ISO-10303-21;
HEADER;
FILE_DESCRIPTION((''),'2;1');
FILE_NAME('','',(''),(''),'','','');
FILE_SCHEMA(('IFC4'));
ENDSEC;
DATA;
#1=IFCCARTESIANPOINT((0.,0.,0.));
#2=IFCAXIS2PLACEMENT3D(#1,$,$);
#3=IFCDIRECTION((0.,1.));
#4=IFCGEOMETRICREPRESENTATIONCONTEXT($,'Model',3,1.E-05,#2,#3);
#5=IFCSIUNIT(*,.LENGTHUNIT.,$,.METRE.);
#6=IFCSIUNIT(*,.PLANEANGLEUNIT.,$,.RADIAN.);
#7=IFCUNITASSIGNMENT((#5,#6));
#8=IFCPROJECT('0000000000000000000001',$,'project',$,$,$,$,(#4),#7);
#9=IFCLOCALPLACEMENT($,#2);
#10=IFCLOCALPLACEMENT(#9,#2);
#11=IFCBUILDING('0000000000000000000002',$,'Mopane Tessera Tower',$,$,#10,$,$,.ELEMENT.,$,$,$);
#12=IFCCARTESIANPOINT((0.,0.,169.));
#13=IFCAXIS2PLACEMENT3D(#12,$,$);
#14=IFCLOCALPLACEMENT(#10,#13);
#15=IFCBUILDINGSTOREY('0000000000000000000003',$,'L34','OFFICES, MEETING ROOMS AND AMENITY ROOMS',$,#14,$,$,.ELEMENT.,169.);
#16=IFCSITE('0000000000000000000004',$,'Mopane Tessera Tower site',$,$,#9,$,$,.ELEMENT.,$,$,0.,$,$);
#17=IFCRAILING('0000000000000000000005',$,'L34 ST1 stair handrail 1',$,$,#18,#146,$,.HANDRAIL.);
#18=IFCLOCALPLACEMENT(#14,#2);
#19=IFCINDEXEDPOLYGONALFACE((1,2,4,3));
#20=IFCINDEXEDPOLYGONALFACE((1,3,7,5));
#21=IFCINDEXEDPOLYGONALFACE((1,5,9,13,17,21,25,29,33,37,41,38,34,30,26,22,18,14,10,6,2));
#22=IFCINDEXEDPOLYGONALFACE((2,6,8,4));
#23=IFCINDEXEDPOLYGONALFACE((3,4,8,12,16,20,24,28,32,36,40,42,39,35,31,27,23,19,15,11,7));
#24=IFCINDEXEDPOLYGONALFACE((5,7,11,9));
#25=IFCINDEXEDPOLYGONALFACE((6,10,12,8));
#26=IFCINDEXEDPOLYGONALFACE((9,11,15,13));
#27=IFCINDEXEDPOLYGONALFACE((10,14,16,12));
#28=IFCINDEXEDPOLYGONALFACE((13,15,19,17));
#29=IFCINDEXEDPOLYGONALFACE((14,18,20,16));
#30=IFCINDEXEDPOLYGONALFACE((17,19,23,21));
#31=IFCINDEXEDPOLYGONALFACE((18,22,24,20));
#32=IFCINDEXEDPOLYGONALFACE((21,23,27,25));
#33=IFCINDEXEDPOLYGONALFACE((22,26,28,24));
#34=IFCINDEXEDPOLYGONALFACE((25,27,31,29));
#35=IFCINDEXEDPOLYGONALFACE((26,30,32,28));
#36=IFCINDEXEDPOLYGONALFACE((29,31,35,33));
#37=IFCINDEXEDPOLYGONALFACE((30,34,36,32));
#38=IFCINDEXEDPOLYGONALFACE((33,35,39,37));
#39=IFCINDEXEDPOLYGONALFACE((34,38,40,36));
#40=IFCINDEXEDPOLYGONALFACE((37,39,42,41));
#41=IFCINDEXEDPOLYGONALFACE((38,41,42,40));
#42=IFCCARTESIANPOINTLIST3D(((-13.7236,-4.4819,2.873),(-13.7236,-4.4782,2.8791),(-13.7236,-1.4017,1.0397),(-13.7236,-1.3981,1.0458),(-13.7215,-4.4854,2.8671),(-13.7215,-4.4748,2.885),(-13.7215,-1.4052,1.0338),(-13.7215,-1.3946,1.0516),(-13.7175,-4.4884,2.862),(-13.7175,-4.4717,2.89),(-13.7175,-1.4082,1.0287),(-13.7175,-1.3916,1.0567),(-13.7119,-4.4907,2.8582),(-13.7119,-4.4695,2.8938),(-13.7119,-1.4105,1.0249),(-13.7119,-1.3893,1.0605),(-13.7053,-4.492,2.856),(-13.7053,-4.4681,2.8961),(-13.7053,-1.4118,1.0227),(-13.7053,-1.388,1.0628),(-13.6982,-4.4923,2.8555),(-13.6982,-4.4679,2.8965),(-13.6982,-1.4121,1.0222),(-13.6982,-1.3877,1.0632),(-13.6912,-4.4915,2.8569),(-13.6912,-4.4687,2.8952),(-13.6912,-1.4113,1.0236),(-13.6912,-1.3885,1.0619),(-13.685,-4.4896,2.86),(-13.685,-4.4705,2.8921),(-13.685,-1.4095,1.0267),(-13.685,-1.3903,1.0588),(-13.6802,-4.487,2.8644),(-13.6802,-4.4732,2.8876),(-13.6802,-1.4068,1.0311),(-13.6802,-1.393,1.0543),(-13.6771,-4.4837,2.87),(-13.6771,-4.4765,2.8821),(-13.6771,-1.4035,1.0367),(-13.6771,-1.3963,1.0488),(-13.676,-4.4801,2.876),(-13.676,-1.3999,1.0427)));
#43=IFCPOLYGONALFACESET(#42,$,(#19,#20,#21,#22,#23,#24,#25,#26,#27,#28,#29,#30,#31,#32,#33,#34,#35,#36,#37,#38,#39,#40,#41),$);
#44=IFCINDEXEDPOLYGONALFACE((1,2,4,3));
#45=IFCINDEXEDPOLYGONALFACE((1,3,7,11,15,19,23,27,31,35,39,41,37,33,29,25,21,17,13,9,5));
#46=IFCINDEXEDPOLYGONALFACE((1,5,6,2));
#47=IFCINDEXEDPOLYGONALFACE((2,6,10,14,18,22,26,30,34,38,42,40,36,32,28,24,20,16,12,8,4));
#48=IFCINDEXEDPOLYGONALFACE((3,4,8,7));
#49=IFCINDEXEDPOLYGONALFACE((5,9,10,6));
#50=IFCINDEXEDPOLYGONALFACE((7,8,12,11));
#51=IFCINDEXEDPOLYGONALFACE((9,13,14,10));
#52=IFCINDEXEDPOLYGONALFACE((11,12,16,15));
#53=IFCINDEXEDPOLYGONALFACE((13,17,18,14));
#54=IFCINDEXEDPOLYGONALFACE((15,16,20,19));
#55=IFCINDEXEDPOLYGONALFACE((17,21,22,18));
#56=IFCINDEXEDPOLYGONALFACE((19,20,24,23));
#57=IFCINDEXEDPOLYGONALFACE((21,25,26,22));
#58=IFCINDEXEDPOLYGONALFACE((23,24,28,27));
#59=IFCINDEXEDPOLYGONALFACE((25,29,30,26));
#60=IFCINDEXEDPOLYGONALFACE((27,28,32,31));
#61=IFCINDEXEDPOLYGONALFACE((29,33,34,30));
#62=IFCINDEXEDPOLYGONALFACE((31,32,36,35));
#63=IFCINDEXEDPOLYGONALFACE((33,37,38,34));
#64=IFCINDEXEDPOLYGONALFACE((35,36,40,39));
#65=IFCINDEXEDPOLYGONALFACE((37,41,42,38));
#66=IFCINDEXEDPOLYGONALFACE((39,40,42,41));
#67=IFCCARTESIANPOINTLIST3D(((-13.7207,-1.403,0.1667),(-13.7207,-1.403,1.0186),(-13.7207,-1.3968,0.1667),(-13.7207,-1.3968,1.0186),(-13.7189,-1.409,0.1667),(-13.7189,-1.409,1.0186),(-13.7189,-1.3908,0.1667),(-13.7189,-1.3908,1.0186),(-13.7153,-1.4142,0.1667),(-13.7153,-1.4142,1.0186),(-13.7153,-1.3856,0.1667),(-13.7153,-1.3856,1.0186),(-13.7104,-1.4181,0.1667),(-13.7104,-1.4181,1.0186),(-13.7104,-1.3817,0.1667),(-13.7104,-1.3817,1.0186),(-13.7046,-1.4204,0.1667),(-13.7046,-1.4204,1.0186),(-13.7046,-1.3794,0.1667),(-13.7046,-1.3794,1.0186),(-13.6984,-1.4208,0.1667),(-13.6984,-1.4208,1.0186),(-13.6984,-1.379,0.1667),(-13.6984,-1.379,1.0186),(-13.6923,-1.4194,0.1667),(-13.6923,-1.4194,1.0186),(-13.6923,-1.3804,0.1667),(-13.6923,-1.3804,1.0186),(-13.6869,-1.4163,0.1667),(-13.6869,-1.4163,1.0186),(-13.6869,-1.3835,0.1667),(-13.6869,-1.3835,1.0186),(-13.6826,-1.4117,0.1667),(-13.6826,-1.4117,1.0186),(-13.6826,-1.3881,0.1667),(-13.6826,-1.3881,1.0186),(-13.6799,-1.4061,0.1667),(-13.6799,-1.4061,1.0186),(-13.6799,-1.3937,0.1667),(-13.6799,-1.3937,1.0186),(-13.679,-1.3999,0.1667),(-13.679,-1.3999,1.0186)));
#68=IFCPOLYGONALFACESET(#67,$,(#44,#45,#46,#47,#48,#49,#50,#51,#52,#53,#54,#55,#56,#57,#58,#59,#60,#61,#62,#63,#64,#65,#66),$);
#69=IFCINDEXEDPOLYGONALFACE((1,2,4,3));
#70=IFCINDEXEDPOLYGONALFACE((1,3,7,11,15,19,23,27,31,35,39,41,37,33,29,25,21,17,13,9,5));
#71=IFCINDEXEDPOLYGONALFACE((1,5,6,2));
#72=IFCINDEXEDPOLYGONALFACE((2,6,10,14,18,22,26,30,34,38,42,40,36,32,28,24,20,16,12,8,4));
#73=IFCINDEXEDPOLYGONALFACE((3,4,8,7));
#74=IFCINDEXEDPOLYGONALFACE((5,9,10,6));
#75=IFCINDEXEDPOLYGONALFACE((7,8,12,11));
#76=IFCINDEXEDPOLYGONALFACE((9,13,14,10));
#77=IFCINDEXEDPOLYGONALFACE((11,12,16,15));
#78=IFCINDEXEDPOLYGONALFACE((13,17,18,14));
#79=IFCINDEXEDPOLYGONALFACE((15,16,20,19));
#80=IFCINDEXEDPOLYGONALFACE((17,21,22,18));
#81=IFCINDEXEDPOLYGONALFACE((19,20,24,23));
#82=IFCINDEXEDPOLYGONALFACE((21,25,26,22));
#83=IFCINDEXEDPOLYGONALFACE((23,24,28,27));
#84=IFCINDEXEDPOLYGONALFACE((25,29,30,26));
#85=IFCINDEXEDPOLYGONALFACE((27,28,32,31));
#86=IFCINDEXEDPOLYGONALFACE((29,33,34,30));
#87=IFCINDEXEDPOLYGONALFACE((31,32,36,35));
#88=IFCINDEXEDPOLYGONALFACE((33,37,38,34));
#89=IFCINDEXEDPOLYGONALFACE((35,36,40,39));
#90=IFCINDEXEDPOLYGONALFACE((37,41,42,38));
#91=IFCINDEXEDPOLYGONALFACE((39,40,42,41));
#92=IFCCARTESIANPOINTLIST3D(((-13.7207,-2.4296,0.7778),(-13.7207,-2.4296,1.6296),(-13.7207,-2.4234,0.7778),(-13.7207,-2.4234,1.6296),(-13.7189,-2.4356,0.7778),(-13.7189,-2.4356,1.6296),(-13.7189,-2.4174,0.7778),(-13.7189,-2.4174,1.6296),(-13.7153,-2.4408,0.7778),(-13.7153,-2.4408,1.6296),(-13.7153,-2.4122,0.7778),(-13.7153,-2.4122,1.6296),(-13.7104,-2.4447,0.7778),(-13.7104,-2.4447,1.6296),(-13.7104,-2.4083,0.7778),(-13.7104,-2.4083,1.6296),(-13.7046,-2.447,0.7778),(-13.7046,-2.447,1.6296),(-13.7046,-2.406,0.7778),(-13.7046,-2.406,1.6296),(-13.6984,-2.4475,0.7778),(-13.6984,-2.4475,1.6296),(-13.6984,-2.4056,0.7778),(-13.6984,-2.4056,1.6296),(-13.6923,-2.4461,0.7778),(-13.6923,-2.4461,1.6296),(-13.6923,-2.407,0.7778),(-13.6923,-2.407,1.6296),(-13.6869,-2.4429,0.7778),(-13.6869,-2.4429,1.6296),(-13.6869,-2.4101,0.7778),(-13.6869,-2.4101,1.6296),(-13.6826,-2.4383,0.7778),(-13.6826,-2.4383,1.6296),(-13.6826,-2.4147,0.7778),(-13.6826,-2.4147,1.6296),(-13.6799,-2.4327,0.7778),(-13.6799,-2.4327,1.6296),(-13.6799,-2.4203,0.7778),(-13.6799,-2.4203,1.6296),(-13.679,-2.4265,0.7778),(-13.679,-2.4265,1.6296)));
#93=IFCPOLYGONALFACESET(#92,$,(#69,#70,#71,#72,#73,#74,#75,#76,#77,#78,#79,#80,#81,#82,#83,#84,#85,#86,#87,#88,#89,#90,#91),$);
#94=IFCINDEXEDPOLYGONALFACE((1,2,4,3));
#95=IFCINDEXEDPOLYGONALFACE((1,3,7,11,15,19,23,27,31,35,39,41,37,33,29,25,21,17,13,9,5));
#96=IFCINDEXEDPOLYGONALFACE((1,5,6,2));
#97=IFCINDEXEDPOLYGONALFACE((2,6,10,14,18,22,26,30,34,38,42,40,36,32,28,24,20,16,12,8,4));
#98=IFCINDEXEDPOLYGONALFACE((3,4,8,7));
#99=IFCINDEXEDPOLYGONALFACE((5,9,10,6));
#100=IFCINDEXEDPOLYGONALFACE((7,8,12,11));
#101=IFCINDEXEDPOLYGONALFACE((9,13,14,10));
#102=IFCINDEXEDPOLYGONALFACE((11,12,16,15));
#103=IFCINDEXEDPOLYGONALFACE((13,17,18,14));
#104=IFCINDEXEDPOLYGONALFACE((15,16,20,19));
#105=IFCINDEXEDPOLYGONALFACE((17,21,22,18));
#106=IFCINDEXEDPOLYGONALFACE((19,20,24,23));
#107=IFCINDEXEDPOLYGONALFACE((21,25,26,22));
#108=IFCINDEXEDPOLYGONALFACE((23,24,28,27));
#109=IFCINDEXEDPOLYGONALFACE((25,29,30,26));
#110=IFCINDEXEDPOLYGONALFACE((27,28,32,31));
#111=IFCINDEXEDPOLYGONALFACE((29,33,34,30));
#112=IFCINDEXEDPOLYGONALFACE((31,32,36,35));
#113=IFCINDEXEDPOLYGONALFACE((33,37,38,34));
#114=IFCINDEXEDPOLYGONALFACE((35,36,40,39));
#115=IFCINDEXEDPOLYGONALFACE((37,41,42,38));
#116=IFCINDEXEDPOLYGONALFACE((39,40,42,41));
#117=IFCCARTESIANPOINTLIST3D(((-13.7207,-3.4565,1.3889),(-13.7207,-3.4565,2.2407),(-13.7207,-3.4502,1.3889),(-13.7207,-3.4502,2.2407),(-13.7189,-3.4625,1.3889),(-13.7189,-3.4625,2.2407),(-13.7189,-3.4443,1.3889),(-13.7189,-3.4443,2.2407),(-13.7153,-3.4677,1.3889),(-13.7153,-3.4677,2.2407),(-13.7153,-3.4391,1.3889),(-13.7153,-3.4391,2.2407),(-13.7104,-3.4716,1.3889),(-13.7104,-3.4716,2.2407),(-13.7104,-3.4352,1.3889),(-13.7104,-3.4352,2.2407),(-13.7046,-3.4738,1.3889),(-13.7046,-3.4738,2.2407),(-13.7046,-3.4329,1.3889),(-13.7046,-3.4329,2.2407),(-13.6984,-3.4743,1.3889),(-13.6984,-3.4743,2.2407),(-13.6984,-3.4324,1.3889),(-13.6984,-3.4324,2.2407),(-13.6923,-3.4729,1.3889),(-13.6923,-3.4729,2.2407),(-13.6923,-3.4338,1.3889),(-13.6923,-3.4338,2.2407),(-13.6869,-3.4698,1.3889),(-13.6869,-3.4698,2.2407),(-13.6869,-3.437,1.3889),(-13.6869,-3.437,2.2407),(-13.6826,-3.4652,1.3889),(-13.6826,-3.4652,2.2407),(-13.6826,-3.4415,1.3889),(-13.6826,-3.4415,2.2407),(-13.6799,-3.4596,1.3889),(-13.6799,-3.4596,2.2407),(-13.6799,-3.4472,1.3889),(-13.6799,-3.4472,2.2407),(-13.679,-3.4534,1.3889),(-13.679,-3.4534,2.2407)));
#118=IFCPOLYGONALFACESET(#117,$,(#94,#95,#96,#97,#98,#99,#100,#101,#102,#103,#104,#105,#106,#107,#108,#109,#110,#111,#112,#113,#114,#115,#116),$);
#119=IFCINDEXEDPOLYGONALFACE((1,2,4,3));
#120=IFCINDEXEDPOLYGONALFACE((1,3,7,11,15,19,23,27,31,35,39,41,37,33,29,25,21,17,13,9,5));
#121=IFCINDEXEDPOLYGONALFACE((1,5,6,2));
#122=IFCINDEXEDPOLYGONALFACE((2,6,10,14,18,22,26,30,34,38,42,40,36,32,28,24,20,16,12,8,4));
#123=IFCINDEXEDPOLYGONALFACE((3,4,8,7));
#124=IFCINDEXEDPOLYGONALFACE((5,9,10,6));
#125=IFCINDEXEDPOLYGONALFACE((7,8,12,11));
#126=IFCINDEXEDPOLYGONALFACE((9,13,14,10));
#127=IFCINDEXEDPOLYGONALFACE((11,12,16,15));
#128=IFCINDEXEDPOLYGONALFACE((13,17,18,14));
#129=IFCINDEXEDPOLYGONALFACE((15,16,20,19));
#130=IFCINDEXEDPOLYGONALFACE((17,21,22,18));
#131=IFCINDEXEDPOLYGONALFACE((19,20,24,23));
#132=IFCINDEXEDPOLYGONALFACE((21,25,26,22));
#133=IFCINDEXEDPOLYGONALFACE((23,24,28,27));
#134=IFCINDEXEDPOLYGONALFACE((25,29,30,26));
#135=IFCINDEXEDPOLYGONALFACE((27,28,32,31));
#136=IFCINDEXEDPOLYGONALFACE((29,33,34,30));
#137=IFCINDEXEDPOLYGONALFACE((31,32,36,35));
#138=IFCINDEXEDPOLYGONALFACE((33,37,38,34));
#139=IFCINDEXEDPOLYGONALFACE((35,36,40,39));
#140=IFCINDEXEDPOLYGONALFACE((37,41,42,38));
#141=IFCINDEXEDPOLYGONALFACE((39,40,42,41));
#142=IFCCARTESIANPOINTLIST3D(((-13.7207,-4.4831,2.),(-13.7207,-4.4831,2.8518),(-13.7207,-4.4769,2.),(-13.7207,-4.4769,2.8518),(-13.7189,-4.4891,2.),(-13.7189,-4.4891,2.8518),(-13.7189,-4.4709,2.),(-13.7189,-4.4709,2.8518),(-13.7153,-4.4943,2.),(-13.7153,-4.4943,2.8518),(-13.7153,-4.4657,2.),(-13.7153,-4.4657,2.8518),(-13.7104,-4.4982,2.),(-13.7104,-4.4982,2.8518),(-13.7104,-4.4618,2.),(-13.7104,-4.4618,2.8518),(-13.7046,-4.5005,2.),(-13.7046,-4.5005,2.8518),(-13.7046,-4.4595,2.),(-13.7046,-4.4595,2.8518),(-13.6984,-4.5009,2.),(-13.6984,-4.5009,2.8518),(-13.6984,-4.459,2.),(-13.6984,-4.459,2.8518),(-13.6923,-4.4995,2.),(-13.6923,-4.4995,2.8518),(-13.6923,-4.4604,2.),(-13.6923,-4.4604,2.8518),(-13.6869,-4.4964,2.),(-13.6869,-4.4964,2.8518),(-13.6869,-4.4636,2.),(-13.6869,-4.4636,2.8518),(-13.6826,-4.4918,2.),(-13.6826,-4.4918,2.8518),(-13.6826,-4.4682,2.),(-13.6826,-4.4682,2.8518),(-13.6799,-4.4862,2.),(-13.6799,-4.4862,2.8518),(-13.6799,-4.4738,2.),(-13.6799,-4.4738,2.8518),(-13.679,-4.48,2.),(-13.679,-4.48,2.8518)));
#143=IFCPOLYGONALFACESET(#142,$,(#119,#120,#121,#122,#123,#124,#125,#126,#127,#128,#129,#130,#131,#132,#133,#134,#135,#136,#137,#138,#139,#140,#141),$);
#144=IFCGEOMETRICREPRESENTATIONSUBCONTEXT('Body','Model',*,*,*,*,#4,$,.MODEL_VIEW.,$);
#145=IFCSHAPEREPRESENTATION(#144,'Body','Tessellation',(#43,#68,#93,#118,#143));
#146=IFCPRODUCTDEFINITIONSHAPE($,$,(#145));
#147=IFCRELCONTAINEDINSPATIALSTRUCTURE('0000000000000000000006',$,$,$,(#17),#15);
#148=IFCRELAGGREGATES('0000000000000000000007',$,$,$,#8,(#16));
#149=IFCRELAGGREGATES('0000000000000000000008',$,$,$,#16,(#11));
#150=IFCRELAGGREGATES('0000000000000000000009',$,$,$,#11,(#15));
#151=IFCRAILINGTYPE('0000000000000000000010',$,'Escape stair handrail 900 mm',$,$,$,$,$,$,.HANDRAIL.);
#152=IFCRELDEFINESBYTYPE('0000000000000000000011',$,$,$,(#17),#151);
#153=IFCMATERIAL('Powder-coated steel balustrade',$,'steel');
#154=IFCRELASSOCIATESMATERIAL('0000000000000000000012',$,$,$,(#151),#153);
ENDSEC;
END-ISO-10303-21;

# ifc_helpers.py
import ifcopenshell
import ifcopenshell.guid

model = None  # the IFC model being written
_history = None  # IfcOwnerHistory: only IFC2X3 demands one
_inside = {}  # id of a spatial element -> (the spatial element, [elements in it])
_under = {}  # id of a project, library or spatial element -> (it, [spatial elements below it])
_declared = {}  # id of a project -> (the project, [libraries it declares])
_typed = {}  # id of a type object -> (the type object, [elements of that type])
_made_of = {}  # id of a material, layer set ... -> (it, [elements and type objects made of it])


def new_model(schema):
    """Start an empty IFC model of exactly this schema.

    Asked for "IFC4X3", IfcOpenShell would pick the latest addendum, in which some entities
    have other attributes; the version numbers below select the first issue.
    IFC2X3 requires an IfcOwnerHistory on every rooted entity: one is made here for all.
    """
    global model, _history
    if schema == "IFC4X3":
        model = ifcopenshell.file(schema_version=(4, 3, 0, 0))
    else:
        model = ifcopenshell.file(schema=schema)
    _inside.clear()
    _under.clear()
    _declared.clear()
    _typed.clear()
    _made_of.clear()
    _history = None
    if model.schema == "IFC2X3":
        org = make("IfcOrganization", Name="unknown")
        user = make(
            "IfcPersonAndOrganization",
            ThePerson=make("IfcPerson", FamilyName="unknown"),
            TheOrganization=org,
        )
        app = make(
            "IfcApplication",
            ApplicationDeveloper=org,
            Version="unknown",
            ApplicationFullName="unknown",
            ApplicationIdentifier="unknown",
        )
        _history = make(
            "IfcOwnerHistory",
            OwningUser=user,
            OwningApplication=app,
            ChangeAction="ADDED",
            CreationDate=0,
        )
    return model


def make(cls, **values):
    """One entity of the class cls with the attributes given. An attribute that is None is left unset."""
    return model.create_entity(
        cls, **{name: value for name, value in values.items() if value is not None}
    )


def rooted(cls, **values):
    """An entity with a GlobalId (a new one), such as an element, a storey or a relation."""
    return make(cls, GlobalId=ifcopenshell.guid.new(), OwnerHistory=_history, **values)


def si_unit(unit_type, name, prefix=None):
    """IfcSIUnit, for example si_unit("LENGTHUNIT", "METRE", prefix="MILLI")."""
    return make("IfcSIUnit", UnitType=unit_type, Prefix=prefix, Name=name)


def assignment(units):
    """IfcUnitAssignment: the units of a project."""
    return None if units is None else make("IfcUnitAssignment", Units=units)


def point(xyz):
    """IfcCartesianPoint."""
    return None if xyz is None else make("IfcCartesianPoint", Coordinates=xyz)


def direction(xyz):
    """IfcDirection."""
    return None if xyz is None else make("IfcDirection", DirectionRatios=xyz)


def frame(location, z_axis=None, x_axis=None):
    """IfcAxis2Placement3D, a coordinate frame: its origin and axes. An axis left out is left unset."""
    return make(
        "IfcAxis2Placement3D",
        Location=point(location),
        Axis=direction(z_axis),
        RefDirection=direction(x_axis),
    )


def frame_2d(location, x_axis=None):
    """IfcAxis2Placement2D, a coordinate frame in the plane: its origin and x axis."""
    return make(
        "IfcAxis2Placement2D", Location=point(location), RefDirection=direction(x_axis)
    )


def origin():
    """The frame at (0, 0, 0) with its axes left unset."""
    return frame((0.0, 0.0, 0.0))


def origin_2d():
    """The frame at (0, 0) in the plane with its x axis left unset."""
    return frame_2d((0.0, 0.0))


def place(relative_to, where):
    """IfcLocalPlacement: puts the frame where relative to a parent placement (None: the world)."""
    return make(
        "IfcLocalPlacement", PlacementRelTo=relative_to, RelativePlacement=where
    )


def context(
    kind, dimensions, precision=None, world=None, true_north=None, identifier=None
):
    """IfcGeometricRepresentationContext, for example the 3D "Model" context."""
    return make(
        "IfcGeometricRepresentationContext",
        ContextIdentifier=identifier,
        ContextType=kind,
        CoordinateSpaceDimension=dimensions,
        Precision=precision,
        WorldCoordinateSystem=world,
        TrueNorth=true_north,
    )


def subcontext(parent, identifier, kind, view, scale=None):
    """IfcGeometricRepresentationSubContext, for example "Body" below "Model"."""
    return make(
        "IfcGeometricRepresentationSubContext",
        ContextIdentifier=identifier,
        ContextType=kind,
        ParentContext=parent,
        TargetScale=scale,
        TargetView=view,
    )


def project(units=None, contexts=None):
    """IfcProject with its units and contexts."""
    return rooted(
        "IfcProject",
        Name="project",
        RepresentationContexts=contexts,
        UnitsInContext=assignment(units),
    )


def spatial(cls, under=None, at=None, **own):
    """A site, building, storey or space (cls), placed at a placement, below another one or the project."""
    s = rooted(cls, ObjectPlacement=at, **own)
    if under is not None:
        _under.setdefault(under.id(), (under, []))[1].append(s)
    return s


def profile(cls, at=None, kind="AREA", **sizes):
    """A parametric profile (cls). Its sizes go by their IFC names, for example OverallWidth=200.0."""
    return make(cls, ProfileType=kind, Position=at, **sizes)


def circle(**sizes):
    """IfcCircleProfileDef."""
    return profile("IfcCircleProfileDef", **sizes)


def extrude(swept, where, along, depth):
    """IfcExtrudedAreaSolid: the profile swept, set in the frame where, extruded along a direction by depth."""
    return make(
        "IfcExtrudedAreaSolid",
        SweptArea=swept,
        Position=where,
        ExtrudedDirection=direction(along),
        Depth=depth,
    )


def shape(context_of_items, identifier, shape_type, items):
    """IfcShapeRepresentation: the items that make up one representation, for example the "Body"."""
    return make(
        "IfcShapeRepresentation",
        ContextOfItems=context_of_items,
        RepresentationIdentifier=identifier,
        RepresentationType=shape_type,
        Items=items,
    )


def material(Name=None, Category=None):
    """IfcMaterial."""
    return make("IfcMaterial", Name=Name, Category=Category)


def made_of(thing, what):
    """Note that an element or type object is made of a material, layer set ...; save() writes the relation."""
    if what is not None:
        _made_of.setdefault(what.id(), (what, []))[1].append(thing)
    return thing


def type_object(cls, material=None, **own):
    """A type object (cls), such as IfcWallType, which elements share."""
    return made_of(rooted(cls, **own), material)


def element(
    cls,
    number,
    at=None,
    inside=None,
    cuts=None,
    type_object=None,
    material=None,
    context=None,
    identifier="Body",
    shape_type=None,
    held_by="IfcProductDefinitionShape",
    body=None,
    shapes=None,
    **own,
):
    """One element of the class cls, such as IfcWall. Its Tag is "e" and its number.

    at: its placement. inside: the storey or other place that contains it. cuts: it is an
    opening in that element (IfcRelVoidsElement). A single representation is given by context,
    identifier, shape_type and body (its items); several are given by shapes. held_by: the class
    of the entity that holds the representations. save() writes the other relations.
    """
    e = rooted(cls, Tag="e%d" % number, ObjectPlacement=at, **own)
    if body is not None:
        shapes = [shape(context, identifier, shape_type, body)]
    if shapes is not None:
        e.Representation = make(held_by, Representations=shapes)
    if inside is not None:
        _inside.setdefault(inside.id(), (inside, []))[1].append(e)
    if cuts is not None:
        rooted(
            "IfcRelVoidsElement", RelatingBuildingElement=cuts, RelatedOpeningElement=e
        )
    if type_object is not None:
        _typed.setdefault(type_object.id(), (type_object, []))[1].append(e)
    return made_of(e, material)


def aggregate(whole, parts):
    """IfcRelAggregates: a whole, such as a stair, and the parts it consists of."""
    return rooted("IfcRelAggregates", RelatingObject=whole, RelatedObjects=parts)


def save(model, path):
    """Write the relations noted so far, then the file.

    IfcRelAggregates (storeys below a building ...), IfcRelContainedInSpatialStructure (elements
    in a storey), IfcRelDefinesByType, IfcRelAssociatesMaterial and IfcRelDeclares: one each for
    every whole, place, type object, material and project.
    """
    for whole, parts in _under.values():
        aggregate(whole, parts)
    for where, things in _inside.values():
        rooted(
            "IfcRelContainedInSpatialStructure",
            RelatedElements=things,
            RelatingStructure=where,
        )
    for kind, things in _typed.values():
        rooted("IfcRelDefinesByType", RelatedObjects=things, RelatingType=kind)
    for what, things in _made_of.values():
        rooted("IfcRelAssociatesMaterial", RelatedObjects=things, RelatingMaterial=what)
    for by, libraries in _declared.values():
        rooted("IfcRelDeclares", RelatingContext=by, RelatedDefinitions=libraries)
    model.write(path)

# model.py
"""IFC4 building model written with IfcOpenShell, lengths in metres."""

from ifc_helpers import new_model, si_unit, direction, frame, origin, origin_2d, place, context, subcontext, project, spatial, circle, extrude, material, type_object, element, save


model = new_model("IFC4")

# Units and contexts
model_context = context("Model", 3, precision=1e-05, world=origin(), true_north=direction((0.0, 1.0)))
body_context = subcontext(model_context, "Body", "Model", "MODEL_VIEW")
ifc_project = project(units=[si_unit("LENGTHUNIT", "METRE"), si_unit("PLANEANGLEUNIT", "RADIAN")], contexts=[model_context])

# Site, building, storey
site_placement = place(None, origin())
site = spatial("IfcSite", under=ifc_project, at=site_placement, Name="Mopane Tessera Tower site", CompositionType="ELEMENT", RefElevation=0.0)
building_placement = place(site_placement, origin())
building = spatial("IfcBuilding", under=site, at=building_placement, Name="Mopane Tessera Tower", CompositionType="ELEMENT")
storey_placement = place(building_placement, frame((0.0, 0.0, 169.0)))
storey = spatial("IfcBuildingStorey", under=building, at=storey_placement, Name="L34", Description="OFFICES, MEETING ROOMS AND AMENITY ROOMS", CompositionType="ELEMENT", Elevation=169.0)

# Railing
ifc_material_1 = material(Name="Powder-coated steel balustrade", Category="steel")
railing_type_1 = type_object("IfcRailingType", Name="Escape stair handrail 900 mm", PredefinedType="HANDRAIL", material=ifc_material_1)
railing_1_placement = place(storey_placement, frame((-13.7, -1.3999, 0.1667)))
element("IfcRailing", 1, at=railing_1_placement, inside=storey, type_object=railing_type_1, Name="L34 ST1 stair handrail 1", PredefinedType="HANDRAIL", context=body_context, shape_type="SweptSolid", body=[
    extrude(circle(Radius=0.0239, at=origin_2d()), frame((0.0, 0.0, 0.876), z_axis=(0.0, -0.859309, 0.511458), x_axis=(1.0, 0.0, 0.0)), (0.0, 0.0, 1.0), 3.5845),
    extrude(circle(Radius=0.021, at=origin_2d()), origin(), (0.0, 0.0, 1.0), 0.8518),
    extrude(circle(Radius=0.021, at=origin_2d()), frame((0.0, -1.0266, 0.6111)), (0.0, 0.0, 1.0), 0.8518),
    extrude(circle(Radius=0.021, at=origin_2d()), frame((0.0, -2.0535, 1.2222)), (0.0, 0.0, 1.0), 0.8518),
    extrude(circle(Radius=0.021, at=origin_2d()), frame((0.0, -3.0801, 1.8333)), (0.0, 0.0, 1.0), 0.8518),
])

save(model, "model.ifc")
